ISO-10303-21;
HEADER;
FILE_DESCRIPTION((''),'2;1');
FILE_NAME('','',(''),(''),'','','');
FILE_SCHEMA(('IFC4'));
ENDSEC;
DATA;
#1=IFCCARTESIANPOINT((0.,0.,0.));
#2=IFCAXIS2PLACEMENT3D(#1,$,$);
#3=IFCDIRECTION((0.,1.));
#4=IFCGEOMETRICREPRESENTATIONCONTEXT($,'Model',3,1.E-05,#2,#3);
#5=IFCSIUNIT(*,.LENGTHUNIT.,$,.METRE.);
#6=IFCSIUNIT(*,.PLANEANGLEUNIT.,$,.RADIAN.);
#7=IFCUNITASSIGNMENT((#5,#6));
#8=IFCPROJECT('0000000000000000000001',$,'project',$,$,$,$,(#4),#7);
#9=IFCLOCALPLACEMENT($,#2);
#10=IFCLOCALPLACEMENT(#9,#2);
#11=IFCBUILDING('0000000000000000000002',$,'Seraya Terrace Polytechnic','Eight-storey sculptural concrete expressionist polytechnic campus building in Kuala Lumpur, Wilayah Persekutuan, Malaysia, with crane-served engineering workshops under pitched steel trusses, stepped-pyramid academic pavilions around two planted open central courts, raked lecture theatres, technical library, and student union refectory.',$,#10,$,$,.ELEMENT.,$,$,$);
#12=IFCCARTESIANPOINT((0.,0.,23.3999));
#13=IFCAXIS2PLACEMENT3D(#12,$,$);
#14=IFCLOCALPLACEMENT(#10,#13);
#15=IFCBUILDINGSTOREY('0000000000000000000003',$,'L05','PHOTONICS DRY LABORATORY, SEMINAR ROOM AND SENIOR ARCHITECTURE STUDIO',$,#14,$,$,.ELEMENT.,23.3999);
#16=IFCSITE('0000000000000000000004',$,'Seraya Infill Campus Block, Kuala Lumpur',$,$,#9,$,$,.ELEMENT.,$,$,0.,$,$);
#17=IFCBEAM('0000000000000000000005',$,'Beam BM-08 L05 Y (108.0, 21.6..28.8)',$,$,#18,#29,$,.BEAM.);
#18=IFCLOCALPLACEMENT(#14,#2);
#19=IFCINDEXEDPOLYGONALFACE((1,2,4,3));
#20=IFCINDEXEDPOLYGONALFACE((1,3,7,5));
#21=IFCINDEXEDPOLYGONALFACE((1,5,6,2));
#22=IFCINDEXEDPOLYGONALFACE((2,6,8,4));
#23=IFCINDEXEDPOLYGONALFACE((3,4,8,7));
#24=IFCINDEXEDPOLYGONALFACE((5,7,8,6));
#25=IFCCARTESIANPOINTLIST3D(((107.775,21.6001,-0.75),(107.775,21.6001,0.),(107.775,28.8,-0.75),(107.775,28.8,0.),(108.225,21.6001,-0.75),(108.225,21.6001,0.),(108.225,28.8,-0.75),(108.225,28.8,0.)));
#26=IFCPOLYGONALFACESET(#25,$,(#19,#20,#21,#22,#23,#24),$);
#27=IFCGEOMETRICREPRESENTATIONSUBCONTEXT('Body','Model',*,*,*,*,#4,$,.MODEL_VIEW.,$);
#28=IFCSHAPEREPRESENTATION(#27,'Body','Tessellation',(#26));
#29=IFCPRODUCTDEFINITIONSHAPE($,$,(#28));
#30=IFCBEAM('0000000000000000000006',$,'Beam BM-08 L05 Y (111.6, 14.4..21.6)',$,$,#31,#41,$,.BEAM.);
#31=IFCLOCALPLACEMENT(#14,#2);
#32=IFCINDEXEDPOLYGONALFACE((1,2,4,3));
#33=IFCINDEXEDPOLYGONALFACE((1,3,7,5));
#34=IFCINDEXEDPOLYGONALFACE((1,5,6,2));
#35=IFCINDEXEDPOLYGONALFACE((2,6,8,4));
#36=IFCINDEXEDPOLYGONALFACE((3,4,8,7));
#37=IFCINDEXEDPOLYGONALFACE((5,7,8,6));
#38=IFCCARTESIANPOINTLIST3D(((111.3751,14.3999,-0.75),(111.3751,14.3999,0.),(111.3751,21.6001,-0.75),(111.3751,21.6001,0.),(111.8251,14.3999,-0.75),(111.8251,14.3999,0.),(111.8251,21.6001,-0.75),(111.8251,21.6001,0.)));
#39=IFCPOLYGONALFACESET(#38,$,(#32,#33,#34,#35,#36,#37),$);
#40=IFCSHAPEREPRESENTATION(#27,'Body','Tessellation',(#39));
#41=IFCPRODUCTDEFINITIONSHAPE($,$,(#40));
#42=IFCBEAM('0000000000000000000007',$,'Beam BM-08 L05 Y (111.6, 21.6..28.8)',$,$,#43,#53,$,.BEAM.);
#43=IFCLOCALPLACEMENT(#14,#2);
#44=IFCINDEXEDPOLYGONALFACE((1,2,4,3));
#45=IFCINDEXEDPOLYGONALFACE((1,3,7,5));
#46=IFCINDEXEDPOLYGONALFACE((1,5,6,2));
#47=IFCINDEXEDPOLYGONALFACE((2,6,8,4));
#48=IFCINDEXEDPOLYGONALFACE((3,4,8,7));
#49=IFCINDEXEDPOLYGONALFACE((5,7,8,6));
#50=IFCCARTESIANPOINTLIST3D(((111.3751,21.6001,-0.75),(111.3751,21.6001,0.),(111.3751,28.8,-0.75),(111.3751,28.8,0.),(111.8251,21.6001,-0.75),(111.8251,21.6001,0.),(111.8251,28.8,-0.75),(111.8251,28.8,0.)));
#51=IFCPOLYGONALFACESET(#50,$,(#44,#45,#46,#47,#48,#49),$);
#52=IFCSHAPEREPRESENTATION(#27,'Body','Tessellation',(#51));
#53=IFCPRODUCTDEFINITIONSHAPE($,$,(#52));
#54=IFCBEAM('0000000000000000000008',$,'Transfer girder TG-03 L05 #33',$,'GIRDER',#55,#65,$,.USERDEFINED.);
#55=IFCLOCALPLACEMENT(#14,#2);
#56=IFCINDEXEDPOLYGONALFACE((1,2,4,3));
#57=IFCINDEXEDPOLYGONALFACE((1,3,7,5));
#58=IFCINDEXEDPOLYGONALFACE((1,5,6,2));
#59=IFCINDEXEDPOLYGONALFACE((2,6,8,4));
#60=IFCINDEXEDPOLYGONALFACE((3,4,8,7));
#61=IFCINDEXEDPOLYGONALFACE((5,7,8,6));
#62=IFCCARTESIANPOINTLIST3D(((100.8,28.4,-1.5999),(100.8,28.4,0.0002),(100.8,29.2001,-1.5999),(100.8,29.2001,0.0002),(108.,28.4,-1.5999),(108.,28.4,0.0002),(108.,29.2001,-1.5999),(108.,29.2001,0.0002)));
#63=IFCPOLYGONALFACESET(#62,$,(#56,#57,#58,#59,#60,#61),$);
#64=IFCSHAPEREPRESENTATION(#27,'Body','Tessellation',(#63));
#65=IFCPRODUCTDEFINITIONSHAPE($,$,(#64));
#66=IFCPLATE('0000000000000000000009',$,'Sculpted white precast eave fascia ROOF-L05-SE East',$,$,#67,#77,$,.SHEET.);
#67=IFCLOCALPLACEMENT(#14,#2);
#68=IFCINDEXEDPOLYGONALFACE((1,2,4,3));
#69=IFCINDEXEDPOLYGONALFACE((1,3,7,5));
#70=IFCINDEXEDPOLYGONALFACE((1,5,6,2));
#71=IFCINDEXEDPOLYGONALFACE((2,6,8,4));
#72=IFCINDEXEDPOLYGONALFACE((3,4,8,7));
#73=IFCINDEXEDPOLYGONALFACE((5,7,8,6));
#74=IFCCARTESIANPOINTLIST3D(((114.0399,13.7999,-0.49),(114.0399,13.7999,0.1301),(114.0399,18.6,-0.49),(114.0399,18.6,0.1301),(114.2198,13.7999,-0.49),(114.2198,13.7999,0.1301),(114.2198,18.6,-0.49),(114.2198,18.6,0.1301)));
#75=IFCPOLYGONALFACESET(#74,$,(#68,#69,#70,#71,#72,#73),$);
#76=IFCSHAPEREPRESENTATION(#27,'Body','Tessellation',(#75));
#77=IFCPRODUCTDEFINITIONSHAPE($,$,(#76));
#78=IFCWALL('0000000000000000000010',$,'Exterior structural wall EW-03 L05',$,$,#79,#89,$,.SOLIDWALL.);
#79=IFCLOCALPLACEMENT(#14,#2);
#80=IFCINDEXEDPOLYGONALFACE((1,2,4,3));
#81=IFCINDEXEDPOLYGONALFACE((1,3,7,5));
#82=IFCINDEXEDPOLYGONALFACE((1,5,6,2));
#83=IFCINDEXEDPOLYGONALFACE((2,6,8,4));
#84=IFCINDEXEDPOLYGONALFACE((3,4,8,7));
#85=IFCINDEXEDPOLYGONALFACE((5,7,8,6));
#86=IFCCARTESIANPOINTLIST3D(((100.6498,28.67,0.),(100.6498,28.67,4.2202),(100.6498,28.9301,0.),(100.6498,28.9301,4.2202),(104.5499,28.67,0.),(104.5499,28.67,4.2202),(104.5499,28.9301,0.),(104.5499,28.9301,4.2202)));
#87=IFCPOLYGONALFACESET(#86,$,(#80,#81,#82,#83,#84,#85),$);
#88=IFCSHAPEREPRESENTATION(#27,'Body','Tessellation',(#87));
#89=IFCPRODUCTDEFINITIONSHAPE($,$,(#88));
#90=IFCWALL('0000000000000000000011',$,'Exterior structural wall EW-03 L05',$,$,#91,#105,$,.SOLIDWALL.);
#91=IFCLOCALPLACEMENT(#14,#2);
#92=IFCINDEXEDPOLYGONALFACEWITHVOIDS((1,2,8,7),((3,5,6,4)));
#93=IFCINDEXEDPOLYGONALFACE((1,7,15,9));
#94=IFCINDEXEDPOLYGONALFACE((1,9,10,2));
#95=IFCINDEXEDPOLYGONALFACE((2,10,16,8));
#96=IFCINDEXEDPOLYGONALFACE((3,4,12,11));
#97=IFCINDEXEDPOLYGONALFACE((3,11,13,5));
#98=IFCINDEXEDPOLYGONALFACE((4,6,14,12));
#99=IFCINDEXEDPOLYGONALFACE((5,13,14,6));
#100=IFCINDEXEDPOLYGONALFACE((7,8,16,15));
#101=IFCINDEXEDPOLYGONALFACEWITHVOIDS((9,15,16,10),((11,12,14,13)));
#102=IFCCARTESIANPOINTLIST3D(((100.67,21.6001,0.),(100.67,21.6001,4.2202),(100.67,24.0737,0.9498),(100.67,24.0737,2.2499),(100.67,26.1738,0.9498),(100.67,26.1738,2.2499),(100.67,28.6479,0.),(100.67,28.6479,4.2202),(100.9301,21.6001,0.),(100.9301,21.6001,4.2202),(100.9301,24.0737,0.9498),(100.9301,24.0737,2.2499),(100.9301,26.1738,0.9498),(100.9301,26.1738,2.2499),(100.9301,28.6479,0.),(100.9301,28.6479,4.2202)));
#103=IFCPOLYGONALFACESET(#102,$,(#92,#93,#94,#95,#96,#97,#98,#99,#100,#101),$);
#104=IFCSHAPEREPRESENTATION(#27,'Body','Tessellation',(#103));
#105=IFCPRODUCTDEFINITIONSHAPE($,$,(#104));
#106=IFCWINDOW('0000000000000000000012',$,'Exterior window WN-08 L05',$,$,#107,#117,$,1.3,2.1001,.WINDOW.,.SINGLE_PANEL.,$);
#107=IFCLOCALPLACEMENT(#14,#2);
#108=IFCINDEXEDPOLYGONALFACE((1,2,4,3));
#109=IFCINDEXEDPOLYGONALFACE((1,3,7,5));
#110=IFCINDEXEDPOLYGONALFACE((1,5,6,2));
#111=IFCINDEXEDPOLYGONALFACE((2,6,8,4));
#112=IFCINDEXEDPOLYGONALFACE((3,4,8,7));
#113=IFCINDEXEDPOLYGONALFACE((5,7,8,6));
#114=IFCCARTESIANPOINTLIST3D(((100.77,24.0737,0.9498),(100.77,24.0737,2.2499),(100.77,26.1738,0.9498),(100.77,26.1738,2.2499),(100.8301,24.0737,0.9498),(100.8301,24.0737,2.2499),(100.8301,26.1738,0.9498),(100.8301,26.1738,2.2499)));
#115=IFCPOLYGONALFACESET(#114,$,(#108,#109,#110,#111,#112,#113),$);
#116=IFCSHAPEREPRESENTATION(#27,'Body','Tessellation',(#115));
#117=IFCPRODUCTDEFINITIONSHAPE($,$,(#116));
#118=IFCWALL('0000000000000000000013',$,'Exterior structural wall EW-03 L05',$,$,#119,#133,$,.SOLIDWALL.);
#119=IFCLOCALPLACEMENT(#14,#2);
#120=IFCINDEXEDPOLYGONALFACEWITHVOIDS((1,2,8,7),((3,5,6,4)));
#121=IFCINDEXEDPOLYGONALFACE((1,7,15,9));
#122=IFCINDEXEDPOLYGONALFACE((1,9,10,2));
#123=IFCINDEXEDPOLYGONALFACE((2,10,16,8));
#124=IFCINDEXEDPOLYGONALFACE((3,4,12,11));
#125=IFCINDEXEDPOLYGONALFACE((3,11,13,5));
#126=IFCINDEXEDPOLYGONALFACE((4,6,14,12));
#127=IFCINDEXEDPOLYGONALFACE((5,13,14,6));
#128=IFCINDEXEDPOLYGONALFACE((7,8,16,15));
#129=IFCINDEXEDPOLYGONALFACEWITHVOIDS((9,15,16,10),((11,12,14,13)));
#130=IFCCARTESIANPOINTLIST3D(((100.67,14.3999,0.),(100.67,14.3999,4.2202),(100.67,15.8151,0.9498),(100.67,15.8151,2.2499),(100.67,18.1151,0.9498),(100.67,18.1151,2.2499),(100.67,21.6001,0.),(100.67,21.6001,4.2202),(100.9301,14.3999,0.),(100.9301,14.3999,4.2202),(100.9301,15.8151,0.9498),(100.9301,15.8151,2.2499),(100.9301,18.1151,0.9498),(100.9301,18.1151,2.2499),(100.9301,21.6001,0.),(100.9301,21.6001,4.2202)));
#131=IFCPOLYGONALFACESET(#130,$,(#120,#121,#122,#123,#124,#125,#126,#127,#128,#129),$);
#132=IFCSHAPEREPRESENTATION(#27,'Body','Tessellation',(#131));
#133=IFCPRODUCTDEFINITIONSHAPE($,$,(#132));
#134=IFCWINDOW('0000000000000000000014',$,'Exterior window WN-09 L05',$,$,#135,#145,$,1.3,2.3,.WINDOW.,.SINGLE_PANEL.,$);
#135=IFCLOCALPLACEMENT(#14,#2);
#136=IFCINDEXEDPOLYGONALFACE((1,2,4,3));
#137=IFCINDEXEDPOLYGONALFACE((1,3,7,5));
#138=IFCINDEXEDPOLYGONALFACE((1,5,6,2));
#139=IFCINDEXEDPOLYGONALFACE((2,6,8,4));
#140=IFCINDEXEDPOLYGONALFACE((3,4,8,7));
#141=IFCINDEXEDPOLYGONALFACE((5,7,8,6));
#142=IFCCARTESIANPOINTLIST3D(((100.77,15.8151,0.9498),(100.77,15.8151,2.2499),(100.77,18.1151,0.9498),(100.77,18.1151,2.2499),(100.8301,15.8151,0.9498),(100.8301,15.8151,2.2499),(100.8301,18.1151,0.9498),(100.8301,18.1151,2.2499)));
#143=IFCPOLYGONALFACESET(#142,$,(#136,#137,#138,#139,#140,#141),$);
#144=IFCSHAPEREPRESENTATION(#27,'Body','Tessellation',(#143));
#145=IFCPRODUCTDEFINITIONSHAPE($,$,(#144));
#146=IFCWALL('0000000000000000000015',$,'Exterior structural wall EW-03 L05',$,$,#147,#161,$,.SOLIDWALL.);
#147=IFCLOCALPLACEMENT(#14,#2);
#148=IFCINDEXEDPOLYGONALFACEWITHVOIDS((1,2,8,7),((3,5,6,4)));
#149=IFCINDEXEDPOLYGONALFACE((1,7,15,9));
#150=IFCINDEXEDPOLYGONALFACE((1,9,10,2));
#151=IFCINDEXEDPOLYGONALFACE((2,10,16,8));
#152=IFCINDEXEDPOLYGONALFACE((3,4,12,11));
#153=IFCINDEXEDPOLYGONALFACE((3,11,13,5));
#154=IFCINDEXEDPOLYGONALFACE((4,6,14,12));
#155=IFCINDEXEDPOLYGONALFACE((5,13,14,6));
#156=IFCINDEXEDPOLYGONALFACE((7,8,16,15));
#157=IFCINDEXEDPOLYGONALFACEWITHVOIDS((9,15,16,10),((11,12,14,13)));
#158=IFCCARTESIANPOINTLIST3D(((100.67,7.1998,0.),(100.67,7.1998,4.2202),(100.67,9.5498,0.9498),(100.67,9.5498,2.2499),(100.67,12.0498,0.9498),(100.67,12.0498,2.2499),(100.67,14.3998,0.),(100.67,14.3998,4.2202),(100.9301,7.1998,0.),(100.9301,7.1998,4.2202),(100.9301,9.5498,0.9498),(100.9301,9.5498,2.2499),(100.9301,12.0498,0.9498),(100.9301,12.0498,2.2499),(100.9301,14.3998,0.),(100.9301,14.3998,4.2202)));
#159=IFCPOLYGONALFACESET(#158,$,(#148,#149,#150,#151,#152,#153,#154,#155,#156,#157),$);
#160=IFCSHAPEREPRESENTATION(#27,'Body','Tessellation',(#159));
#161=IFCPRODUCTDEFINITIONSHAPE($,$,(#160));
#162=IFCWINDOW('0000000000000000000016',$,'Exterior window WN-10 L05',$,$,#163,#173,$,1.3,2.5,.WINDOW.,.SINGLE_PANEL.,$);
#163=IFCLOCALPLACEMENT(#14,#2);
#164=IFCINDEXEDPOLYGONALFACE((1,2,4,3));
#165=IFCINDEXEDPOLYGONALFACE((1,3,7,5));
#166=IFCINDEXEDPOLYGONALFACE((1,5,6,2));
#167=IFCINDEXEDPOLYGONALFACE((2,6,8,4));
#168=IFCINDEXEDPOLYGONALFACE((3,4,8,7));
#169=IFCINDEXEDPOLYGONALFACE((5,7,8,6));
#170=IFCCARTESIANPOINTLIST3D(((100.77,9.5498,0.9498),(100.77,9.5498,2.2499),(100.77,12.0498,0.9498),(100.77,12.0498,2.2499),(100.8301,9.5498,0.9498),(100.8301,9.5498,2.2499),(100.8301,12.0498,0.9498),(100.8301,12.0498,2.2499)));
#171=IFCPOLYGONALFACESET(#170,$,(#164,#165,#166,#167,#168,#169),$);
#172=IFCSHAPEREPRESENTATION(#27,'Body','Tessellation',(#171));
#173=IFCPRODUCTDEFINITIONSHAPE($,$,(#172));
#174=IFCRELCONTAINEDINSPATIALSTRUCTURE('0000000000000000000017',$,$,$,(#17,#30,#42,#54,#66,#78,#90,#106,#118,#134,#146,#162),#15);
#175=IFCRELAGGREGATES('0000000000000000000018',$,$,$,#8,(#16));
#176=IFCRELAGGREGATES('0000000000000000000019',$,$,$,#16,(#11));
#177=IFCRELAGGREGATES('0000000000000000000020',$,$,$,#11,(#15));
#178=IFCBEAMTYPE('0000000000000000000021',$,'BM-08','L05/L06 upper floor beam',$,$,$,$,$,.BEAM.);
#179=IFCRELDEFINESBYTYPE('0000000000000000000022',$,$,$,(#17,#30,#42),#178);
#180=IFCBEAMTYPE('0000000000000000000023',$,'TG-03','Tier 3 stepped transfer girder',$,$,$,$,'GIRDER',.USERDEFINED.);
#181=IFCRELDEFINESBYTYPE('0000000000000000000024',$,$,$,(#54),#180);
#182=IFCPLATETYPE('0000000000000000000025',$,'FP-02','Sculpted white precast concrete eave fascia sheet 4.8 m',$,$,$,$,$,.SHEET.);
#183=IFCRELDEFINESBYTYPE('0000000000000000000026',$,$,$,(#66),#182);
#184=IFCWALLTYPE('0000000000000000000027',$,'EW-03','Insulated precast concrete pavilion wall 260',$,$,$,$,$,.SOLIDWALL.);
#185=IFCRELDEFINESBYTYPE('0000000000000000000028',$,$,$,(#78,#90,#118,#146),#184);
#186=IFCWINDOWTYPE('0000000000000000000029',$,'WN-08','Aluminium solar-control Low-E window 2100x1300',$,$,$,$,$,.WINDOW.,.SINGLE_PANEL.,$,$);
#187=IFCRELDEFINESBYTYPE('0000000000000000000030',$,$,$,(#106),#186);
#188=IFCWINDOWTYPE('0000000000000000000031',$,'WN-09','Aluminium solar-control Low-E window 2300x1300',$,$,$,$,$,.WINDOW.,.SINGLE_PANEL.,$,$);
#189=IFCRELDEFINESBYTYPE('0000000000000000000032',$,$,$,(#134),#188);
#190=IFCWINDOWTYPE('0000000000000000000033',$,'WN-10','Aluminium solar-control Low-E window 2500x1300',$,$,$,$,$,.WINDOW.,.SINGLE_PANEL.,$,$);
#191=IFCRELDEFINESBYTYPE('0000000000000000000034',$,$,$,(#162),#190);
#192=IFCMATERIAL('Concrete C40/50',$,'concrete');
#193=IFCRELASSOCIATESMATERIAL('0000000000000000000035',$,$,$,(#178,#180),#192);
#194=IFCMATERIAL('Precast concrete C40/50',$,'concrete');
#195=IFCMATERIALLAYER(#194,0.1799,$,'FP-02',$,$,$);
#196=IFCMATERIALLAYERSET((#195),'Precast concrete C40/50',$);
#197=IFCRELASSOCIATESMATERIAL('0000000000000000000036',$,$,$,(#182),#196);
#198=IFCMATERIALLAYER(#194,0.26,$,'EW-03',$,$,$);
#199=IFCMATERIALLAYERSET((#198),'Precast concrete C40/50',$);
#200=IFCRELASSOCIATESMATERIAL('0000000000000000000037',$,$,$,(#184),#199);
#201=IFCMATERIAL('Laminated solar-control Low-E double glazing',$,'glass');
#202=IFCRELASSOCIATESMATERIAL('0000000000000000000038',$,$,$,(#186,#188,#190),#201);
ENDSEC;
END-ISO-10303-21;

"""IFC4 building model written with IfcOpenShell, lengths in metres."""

from ifc_helpers import new_model, si_unit, direction, frame, frame_2d, origin, origin_2d, place, context, subcontext, project, spatial, rectangle, extrude, material, layer, layer_set, material_profile, profile_set, type_object, element, fill, save


model = new_model("IFC4")

# Units and contexts
model_context = context("Model", 3, precision=1e-05, world=origin(), true_north=direction((0.0, 1.0)))
body_context = subcontext(model_context, "Body", "Model", "MODEL_VIEW")
ifc_project = project(units=[si_unit("LENGTHUNIT", "METRE"), si_unit("PLANEANGLEUNIT", "RADIAN")], contexts=[model_context])

# Site, building, storey
site_placement = place(None, origin())
site = spatial("IfcSite", under=ifc_project, at=site_placement, Name="Seraya Infill Campus Block, Kuala Lumpur", CompositionType="ELEMENT", RefElevation=0.0)
building_placement = place(site_placement, origin())
building = spatial("IfcBuilding", under=site, at=building_placement, Name="Seraya Terrace Polytechnic", Description="Eight-storey sculptural concrete expressionist polytechnic campus building in Kuala Lumpur, Wilayah Persekutuan, Malaysia, with crane-served engineering workshops under pitched steel trusses, stepped-pyramid academic pavilions around two planted open central courts, raked lecture theatres, technical library, and student union refectory.", CompositionType="ELEMENT")
storey_placement = place(building_placement, frame((0.0, 0.0, 23.3999)))
storey = spatial("IfcBuildingStorey", under=building, at=storey_placement, Name="L05", Description="PHOTONICS DRY LABORATORY, SEMINAR ROOM AND SENIOR ARCHITECTURE STUDIO", CompositionType="ELEMENT", Elevation=23.3999)

# Shared definitions
ifc_material_1 = material(Name="Concrete C40/50", Category="concrete")

# Beams
ifc_material_profile_1 = material_profile(ifc_material_1, rectangle(XDim=0.45, YDim=0.75, at=origin_2d()), Name="RC 450x750")
ifc_profile_set_1 = profile_set([ifc_material_profile_1], Name="Concrete C40/50")
beam_type_1 = type_object("IfcBeamType", Name="BM-08", Description="L05/L06 upper floor beam", PredefinedType="BEAM", material=ifc_profile_set_1)
beam_1_placement = place(storey_placement, frame((108.0, 21.6001, -0.375), z_axis=(0.0, 1.0, 0.0), x_axis=(-1.0, 0.0, 0.0)))
element("IfcBeam", 1, at=beam_1_placement, inside=storey, type_object=beam_type_1, Name="Beam BM-08 L05 Y (108.0, 21.6..28.8)", PredefinedType="BEAM", context=body_context, shape_type="SweptSolid", body=[
    extrude(rectangle(XDim=0.45, YDim=0.75, at=origin_2d()), origin(), (0.0, 0.0, 1.0), 7.2),
])
beam_2_placement = place(storey_placement, frame((111.6001, 14.3999, -0.375), z_axis=(0.0, 1.0, 0.0), x_axis=(-1.0, 0.0, 0.0)))
element("IfcBeam", 2, at=beam_2_placement, inside=storey, type_object=beam_type_1, Name="Beam BM-08 L05 Y (111.6, 14.4..21.6)", PredefinedType="BEAM", context=body_context, shape_type="SweptSolid", body=[
    extrude(rectangle(XDim=0.45, YDim=0.75, at=origin_2d()), origin(), (0.0, 0.0, 1.0), 7.2002),
])
beam_3_placement = place(storey_placement, frame((111.6001, 21.6001, -0.375), z_axis=(0.0, 1.0, 0.0), x_axis=(-1.0, 0.0, 0.0)))
element("IfcBeam", 3, at=beam_3_placement, inside=storey, type_object=beam_type_1, Name="Beam BM-08 L05 Y (111.6, 21.6..28.8)", PredefinedType="BEAM", context=body_context, shape_type="SweptSolid", body=[
    extrude(rectangle(XDim=0.45, YDim=0.75, at=origin_2d()), origin(), (0.0, 0.0, 1.0), 7.2),
])
ifc_material_profile_2 = material_profile(ifc_material_1, rectangle(XDim=0.8, YDim=1.6001, at=origin_2d()), Name="RC 800x1600")
ifc_profile_set_2 = profile_set([ifc_material_profile_2], Name="Concrete C40/50")
beam_type_2 = type_object("IfcBeamType", Name="TG-03", Description="Tier 3 stepped transfer girder", ElementType="GIRDER", PredefinedType="USERDEFINED", material=ifc_profile_set_2)
beam_4_placement = place(storey_placement, frame((100.8, 28.8, -0.7998), z_axis=(1.0, 0.0, 0.0), x_axis=(0.0, 1.0, 0.0)))
element("IfcBeam", 4, at=beam_4_placement, inside=storey, type_object=beam_type_2, Name="Transfer girder TG-03 L05 #33", ObjectType="GIRDER", PredefinedType="USERDEFINED", context=body_context, shape_type="SweptSolid", body=[
    extrude(rectangle(XDim=0.8, YDim=1.6001, at=origin_2d()), origin(), (0.0, 0.0, 1.0), 7.2),
])

# Plate
ifc_material_2 = material(Name="Precast concrete C40/50", Category="concrete")
ifc_layer_1 = layer(ifc_material_2, 0.1799, Name="FP-02")
ifc_layer_set_1 = layer_set([ifc_layer_1], Name="Precast concrete C40/50")
plate_type = type_object("IfcPlateType", Name="FP-02", Description="Sculpted white precast concrete eave fascia sheet 4.8 m", PredefinedType="SHEET", material=ifc_layer_set_1)
plate_placement = place(storey_placement, frame((114.1299, 16.2, -0.49), z_axis=(0.0, 0.0, 1.0), x_axis=(0.0, 1.0, 0.0)))
element("IfcPlate", 5, at=plate_placement, inside=storey, type_object=plate_type, Name="Sculpted white precast eave fascia ROOF-L05-SE East", PredefinedType="SHEET", context=body_context, shape_type="SweptSolid", body=[
    extrude(rectangle(XDim=4.8, YDim=0.1799, at=origin_2d()), origin(), (0.0, 0.0, 1.0), 0.6201),
])

# Wall
ifc_layer_2 = layer(ifc_material_2, 0.26, Name="EW-03")
ifc_layer_set_2 = layer_set([ifc_layer_2], Name="Precast concrete C40/50")
wall_type_1 = type_object("IfcWallType", Name="EW-03", Description="Insulated precast concrete pavilion wall 260", PredefinedType="SOLIDWALL", material=ifc_layer_set_2)
wall_1_placement = place(storey_placement, frame((104.55, 28.8, 0.0), z_axis=(0.0, 0.0, 1.0), x_axis=(-1.0, 0.0, 0.0)))
element("IfcWall", 6, at=wall_1_placement, inside=storey, type_object=wall_type_1, Name="Exterior structural wall EW-03 L05", PredefinedType="SOLIDWALL", context=body_context, shape_type="SweptSolid", body=[
    extrude(rectangle(XDim=3.9001, YDim=0.26, at=frame_2d((1.9502, 0.0))), origin(), (0.0, 0.0, 1.0), 4.2202),
])

# Walls, openings, windows
wall_2_placement = place(storey_placement, frame((100.8, 28.6479, 0.0), z_axis=(0.0, 0.0, 1.0), x_axis=(0.0, -1.0, 0.0)))
wall_2 = element("IfcWall", 7, at=wall_2_placement, inside=storey, type_object=wall_type_1, Name="Exterior structural wall EW-03 L05", PredefinedType="SOLIDWALL", context=body_context, shape_type="SweptSolid", body=[
    extrude(rectangle(XDim=7.0479, YDim=0.26, at=frame_2d((3.5239, 0.0))), origin(), (0.0, 0.0, 1.0), 4.2202),
])
opening_1_placement = place(wall_2_placement, frame((2.4741, 0.0, 0.95)))
opening_1 = element("IfcOpeningElement", 8, at=opening_1_placement, cuts=wall_2, PredefinedType="OPENING", context=body_context, shape_type="SweptSolid", body=[
    extrude(rectangle(XDim=2.1001, YDim=1.3, at=frame_2d((1.05, 0.6499))), frame((0.0, 0.1421, 0.0), z_axis=(0.0, -1.0, 0.0), x_axis=(1.0, 0.0, 0.0)), (0.0, 0.0, 1.0), 0.2839),
])
ifc_material_3 = material(Name="Laminated solar-control Low-E double glazing", Category="glass")
window_type_1 = type_object("IfcWindowType", Name="WN-08", Description="Aluminium solar-control Low-E window 2100x1300", PartitioningType="SINGLE_PANEL", PredefinedType="WINDOW", material=ifc_material_3)
window_1_placement = place(opening_1_placement, origin())
window_1 = element("IfcWindow", 9, at=window_1_placement, inside=storey, type_object=window_type_1, Name="Exterior window WN-08 L05", OverallHeight=1.3, OverallWidth=2.1001, PartitioningType="SINGLE_PANEL", PredefinedType="WINDOW", context=body_context, shape_type="SweptSolid", body=[
    extrude(rectangle(XDim=2.1001, YDim=1.3, at=frame_2d((1.05, 0.6499))), frame((0.0, 0.03, 0.0), z_axis=(0.0, -1.0, 0.0), x_axis=(1.0, 0.0, 0.0)), (0.0, 0.0, 1.0), 0.0601),
])
fill(opening_1, window_1)
wall_3_placement = place(storey_placement, frame((100.8, 21.6001, 0.0), z_axis=(0.0, 0.0, 1.0), x_axis=(0.0, -1.0, 0.0)))
wall_3 = element("IfcWall", 10, at=wall_3_placement, inside=storey, type_object=wall_type_1, Name="Exterior structural wall EW-03 L05", PredefinedType="SOLIDWALL", context=body_context, shape_type="SweptSolid", body=[
    extrude(rectangle(XDim=7.2002, YDim=0.26, at=frame_2d((3.6001, 0.0))), origin(), (0.0, 0.0, 1.0), 4.2202),
])
opening_2_placement = place(wall_3_placement, frame((3.4851, 0.0, 0.95)))
opening_2 = element("IfcOpeningElement", 11, at=opening_2_placement, cuts=wall_3, PredefinedType="OPENING", context=body_context, shape_type="SweptSolid", body=[
    extrude(rectangle(XDim=2.3, YDim=1.3, at=frame_2d((1.1499, 0.6499))), frame((0.0, 0.1421, 0.0), z_axis=(0.0, -1.0, 0.0), x_axis=(1.0, 0.0, 0.0)), (0.0, 0.0, 1.0), 0.2839),
])
window_type_2 = type_object("IfcWindowType", Name="WN-09", Description="Aluminium solar-control Low-E window 2300x1300", PartitioningType="SINGLE_PANEL", PredefinedType="WINDOW", material=ifc_material_3)
window_2_placement = place(opening_2_placement, origin())
window_2 = element("IfcWindow", 12, at=window_2_placement, inside=storey, type_object=window_type_2, Name="Exterior window WN-09 L05", OverallHeight=1.3, OverallWidth=2.3, PartitioningType="SINGLE_PANEL", PredefinedType="WINDOW", context=body_context, shape_type="SweptSolid", body=[
    extrude(rectangle(XDim=2.3, YDim=1.3, at=frame_2d((1.1499, 0.6499))), frame((0.0, 0.03, 0.0), z_axis=(0.0, -1.0, 0.0), x_axis=(1.0, 0.0, 0.0)), (0.0, 0.0, 1.0), 0.0601),
])
fill(opening_2, window_2)
wall_4_placement = place(storey_placement, frame((100.8, 14.3999, 0.0), z_axis=(0.0, 0.0, 1.0), x_axis=(0.0, -1.0, 0.0)))
wall_4 = element("IfcWall", 13, at=wall_4_placement, inside=storey, type_object=wall_type_1, Name="Exterior structural wall EW-03 L05", PredefinedType="SOLIDWALL", context=body_context, shape_type="SweptSolid", body=[
    extrude(rectangle(XDim=7.2, YDim=0.26, at=frame_2d((3.6001, 0.0))), origin(), (0.0, 0.0, 1.0), 4.2202),
])
opening_3_placement = place(wall_4_placement, frame((2.3501, 0.0, 0.95)))
opening_3 = element("IfcOpeningElement", 14, at=opening_3_placement, cuts=wall_4, PredefinedType="OPENING", context=body_context, shape_type="SweptSolid", body=[
    extrude(rectangle(XDim=2.5, YDim=1.3, at=frame_2d((1.25, 0.6499))), frame((0.0, 0.1421, 0.0), z_axis=(0.0, -1.0, 0.0), x_axis=(1.0, 0.0, 0.0)), (0.0, 0.0, 1.0), 0.2839),
])
window_type_3 = type_object("IfcWindowType", Name="WN-10", Description="Aluminium solar-control Low-E window 2500x1300", PartitioningType="SINGLE_PANEL", PredefinedType="WINDOW", material=ifc_material_3)
window_3_placement = place(opening_3_placement, origin())
window_3 = element("IfcWindow", 15, at=window_3_placement, inside=storey, type_object=window_type_3, Name="Exterior window WN-10 L05", OverallHeight=1.3, OverallWidth=2.5, PartitioningType="SINGLE_PANEL", PredefinedType="WINDOW", context=body_context, shape_type="SweptSolid", body=[
    extrude(rectangle(XDim=2.5, YDim=1.3, at=frame_2d((1.25, 0.6499))), frame((0.0, 0.03, 0.0), z_axis=(0.0, -1.0, 0.0), x_axis=(1.0, 0.0, 0.0)), (0.0, 0.0, 1.0), 0.0601),
])
fill(opening_3, window_3)

save(model, "model.ifc")
